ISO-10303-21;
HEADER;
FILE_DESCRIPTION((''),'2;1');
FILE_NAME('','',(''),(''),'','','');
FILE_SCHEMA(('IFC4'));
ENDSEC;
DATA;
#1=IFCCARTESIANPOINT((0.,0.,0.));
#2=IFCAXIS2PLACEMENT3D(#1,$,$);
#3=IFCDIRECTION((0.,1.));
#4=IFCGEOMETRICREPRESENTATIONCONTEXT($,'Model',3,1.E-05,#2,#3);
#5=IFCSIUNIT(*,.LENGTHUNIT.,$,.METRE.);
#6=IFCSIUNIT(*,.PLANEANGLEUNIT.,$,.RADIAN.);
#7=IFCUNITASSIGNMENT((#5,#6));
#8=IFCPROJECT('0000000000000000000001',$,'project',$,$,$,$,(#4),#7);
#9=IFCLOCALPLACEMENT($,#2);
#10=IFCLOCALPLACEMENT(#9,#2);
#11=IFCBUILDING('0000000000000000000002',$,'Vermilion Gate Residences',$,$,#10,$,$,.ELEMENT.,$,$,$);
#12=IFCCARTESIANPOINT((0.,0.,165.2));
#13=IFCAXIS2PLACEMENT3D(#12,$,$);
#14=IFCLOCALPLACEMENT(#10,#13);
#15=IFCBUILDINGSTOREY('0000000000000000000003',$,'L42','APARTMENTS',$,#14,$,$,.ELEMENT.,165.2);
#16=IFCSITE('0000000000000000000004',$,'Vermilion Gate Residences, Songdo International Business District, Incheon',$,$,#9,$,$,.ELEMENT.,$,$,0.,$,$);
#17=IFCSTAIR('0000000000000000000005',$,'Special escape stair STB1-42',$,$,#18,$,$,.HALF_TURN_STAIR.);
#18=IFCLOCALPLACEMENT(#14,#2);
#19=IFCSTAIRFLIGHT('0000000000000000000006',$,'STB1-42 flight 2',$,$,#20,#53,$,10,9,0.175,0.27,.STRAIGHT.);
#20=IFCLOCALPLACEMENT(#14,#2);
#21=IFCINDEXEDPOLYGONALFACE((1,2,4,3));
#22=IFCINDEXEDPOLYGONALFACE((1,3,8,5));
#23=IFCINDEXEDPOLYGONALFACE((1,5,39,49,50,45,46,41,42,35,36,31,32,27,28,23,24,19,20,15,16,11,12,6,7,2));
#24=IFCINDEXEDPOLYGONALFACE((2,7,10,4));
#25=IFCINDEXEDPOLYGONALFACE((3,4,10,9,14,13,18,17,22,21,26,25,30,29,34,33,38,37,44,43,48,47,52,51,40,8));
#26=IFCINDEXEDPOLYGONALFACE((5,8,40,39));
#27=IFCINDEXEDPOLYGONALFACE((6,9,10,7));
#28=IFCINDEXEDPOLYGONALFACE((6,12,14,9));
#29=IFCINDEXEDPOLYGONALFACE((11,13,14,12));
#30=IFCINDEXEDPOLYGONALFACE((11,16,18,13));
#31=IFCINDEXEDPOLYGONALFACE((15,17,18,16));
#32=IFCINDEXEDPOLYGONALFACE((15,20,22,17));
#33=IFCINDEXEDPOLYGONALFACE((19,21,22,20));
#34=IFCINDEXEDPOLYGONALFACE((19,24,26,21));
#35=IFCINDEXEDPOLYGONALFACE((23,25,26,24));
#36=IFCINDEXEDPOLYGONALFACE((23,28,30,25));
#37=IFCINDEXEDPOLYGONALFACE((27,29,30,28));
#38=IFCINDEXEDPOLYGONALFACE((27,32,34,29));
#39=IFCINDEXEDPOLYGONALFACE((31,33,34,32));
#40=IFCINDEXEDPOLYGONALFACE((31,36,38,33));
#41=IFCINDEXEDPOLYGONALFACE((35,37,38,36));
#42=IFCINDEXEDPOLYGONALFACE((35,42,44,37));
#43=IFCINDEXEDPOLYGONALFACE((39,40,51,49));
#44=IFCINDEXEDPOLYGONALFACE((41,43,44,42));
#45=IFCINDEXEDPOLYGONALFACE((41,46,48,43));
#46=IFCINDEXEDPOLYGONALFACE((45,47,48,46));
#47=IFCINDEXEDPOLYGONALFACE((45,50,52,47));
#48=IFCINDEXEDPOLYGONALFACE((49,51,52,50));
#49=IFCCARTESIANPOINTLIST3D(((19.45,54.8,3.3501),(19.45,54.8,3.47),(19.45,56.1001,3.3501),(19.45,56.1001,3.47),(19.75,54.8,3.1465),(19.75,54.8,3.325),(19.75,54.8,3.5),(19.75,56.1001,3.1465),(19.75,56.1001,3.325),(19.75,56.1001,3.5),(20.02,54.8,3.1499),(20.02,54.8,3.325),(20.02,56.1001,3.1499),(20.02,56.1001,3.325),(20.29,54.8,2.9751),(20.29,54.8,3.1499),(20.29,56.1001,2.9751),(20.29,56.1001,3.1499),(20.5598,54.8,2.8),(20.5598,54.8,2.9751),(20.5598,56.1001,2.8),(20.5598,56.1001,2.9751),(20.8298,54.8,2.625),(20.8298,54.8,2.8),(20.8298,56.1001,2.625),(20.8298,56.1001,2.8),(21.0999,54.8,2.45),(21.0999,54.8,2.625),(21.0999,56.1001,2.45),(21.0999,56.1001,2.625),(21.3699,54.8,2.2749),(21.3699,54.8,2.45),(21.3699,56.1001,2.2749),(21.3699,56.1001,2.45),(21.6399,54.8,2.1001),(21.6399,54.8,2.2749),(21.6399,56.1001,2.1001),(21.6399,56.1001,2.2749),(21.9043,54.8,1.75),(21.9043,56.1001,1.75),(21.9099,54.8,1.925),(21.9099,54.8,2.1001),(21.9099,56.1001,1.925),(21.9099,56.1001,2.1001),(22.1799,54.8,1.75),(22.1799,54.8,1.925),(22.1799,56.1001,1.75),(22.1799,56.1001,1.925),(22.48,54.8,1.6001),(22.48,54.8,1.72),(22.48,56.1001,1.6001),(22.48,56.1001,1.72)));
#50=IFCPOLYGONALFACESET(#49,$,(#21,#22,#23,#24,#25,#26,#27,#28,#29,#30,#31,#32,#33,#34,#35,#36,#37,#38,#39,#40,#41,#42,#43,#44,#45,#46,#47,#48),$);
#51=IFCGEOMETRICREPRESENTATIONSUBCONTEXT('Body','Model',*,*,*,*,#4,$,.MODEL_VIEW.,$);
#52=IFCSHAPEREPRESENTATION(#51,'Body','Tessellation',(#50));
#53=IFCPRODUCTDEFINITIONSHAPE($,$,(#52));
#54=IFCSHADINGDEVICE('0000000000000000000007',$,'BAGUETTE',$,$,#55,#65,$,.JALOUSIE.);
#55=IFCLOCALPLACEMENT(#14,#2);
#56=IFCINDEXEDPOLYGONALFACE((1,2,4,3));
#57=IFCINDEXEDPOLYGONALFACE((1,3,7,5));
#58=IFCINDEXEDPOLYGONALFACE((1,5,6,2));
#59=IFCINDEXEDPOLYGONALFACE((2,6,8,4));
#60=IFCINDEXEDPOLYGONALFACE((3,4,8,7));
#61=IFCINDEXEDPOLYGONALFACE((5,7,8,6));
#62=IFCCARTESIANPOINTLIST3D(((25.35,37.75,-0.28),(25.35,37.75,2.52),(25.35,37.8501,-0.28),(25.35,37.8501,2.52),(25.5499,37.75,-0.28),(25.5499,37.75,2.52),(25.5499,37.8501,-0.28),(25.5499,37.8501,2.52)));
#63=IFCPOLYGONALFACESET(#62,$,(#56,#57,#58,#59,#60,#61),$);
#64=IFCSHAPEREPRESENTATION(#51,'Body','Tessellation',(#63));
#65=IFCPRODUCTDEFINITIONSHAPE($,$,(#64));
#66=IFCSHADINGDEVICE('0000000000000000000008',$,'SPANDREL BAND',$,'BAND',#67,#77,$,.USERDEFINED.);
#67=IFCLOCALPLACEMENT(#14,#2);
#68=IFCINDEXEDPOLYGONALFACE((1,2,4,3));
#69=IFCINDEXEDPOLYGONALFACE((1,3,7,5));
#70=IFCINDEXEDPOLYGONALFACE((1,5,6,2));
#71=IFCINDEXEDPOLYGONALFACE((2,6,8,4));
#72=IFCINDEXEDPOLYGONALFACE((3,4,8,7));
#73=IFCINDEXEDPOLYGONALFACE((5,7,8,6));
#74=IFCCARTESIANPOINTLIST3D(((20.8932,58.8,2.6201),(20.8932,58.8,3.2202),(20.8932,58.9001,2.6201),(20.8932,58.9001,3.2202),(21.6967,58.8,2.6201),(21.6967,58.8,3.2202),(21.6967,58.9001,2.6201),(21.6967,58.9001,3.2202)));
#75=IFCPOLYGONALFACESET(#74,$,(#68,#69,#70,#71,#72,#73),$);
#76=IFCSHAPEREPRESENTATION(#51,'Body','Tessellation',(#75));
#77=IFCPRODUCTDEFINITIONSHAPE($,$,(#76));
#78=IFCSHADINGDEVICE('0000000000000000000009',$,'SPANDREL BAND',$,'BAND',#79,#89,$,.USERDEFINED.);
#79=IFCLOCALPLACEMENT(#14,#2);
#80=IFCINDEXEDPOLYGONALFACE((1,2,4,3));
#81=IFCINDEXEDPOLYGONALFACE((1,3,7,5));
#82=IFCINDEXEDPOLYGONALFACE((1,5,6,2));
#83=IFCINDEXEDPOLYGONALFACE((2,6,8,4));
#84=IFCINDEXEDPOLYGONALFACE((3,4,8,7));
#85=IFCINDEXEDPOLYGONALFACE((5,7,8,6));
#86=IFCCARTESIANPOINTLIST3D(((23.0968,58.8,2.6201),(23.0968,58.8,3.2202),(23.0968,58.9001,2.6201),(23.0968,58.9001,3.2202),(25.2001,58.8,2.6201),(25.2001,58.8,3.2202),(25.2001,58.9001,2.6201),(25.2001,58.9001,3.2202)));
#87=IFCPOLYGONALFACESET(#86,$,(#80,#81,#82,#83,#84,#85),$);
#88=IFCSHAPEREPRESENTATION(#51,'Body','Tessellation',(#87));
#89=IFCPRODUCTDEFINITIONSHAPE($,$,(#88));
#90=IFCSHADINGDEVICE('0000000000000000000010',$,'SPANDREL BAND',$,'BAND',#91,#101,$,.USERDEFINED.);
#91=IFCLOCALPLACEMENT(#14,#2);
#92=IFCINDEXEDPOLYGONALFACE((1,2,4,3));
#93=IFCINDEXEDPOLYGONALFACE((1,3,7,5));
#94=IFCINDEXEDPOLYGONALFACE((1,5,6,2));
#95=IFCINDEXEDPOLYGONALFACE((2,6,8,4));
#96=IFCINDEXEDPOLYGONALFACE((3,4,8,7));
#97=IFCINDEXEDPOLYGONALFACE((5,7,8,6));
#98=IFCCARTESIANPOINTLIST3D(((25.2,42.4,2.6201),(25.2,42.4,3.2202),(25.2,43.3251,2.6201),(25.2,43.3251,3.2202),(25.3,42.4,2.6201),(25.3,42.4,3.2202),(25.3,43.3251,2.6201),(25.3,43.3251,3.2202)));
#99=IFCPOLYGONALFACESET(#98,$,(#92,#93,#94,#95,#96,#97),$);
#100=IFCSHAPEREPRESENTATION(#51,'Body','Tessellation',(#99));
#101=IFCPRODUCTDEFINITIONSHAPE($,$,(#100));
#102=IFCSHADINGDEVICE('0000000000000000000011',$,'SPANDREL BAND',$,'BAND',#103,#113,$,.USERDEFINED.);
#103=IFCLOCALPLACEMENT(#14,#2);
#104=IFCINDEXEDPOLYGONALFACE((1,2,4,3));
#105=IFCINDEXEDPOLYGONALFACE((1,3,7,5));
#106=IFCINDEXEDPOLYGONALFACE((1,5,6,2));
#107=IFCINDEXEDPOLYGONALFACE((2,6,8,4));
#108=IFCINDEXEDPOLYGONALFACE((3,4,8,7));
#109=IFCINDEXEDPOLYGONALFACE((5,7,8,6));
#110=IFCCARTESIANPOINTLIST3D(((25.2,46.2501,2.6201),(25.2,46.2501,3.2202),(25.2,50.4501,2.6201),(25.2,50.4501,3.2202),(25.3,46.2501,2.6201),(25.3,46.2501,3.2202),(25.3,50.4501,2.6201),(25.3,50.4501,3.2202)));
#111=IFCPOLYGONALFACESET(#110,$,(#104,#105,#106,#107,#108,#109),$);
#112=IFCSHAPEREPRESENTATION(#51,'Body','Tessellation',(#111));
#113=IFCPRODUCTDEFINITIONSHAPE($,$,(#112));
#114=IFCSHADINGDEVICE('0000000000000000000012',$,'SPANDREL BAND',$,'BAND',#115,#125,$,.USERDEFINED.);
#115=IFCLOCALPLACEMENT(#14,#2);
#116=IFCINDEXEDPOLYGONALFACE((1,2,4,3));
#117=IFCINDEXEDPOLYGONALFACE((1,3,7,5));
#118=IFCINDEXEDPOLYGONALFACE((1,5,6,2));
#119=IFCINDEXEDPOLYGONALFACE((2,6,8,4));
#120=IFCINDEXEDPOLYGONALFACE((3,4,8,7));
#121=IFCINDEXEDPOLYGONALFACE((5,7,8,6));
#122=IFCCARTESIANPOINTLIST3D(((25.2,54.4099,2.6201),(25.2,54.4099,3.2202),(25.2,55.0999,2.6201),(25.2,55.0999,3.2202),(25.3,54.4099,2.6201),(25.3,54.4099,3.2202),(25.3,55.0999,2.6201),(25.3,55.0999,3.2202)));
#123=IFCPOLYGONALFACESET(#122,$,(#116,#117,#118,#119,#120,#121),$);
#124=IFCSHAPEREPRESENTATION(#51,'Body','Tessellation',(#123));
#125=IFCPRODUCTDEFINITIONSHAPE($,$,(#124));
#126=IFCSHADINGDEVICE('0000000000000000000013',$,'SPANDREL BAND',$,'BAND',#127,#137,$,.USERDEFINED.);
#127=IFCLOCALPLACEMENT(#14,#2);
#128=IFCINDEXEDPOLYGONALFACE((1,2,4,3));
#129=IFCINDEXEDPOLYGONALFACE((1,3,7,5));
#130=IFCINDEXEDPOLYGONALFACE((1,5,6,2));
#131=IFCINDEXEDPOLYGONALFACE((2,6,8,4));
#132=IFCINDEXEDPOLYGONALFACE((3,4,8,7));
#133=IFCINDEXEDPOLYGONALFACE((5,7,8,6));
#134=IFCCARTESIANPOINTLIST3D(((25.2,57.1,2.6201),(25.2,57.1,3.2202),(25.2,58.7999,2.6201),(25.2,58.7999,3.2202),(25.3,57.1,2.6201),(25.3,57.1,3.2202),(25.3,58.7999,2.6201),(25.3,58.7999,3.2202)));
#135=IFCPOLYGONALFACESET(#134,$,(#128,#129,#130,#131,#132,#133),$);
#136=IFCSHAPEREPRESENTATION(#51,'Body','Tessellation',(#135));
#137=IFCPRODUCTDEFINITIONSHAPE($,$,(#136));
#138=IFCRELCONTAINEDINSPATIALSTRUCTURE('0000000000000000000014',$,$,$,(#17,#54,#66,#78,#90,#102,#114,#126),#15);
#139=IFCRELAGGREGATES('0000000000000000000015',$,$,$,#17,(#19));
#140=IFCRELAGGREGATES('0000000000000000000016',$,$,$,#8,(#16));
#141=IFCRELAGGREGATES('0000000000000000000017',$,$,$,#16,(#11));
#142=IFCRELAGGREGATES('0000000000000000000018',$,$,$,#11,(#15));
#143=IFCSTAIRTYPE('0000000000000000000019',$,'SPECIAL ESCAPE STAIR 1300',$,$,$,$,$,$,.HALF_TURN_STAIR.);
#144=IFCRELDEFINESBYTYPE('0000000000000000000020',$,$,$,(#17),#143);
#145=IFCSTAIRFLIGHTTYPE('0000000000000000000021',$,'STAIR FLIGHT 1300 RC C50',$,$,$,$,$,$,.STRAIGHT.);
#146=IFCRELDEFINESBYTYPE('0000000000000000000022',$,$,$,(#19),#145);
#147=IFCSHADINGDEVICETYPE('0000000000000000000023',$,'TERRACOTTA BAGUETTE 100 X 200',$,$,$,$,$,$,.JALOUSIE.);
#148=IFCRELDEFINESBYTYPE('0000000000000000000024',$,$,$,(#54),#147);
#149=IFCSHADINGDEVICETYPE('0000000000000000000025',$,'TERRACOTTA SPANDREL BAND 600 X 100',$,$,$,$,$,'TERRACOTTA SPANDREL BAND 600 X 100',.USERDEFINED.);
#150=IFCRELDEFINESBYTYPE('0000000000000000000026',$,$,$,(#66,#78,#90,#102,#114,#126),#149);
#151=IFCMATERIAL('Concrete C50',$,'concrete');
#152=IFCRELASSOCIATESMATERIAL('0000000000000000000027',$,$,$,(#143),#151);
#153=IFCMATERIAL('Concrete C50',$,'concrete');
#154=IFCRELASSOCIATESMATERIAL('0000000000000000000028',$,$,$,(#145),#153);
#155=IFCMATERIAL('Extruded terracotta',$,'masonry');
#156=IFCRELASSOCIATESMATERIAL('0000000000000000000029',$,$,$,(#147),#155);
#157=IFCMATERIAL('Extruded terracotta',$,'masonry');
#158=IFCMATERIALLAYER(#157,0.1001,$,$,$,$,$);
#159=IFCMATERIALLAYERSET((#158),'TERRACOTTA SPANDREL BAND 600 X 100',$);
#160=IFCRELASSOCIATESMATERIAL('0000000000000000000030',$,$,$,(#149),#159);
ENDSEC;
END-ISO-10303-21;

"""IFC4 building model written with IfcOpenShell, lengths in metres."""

from ifc_helpers import new_model, si_unit, direction, frame, origin, origin_2d, place, context, subcontext, project, spatial, polyline, rectangle, outline, extrude, material, layer, layer_set, material_profile, profile_set, type_object, element, aggregate, save


model = new_model("IFC4")

# Units and contexts
model_context = context("Model", 3, precision=1e-05, world=origin(), true_north=direction((0.0, 1.0)))
body_context = subcontext(model_context, "Body", "Model", "MODEL_VIEW")
ifc_project = project(units=[si_unit("LENGTHUNIT", "METRE"), si_unit("PLANEANGLEUNIT", "RADIAN")], contexts=[model_context])

# Site, building, storey
site_placement = place(None, origin())
site = spatial("IfcSite", under=ifc_project, at=site_placement, Name="Vermilion Gate Residences, Songdo International Business District, Incheon", CompositionType="ELEMENT", RefElevation=0.0)
building_placement = place(site_placement, origin())
building = spatial("IfcBuilding", under=site, at=building_placement, Name="Vermilion Gate Residences", CompositionType="ELEMENT")
storey_placement = place(building_placement, frame((0.0, 0.0, 165.2)))
storey = spatial("IfcBuildingStorey", under=building, at=storey_placement, Name="L42", Description="APARTMENTS", CompositionType="ELEMENT", Elevation=165.2)

# Stair, stair flight
ifc_material_1 = material(Name="Concrete C50", Category="concrete")
stair_type = type_object("IfcStairType", Name="SPECIAL ESCAPE STAIR 1300", PredefinedType="HALF_TURN_STAIR", material=ifc_material_1)
stair_placement = place(storey_placement, origin())
stair = element("IfcStair", 1, at=stair_placement, inside=storey, type_object=stair_type, Name="Special escape stair STB1-42", PredefinedType="HALF_TURN_STAIR")
ifc_material_2 = material(Name="Concrete C50", Category="concrete")
stair_flight_type = type_object("IfcStairFlightType", Name="STAIR FLIGHT 1300 RC C50", PredefinedType="STRAIGHT", material=ifc_material_2)
stair_flight_placement = place(storey_placement, frame((22.1799, 55.45, 1.75), z_axis=(0.0, 0.0, 1.0), x_axis=(-1.0, 0.0, 0.0)))
stair_flight = element("IfcStairFlight", 2, at=stair_flight_placement, type_object=stair_flight_type, Name="STB1-42 flight 2", NumberOfRisers=10, NumberOfTreads=9, PredefinedType="STRAIGHT", RiserHeight=0.175, TreadLength=0.27, context=body_context, shape_type="SweptSolid", body=[
    extrude(outline(polyline([(-0.3, -0.1499), (-0.3, -0.03), (0.0, 0.0), (0.0, 0.175), (0.27, 0.175), (0.27, 0.3501), (0.54, 0.3501), (0.54, 0.5249), (0.8101, 0.5249), (0.8101, 0.7), (1.0801, 0.7), (1.0801, 0.875), (1.3501, 0.875), (1.3501, 1.05), (1.6201, 1.05), (1.6201, 1.2251), (1.8899, 1.2251), (1.8899, 1.3999), (2.1599, 1.3999), (2.1599, 1.575), (2.4299, 1.575), (2.4299, 1.75), (2.73, 1.72), (2.73, 1.6001), (2.4299, 1.3965), (0.2756, 0.0), (-0.3, -0.1499)])), frame((0.0, 0.6499, 0.0), z_axis=(0.0, -1.0, 0.0), x_axis=(1.0, 0.0, 0.0)), (0.0, 0.0, 1.0), 1.3),
])
aggregate(stair, [stair_flight])

# Shading devices
ifc_material_3 = material(Name="Extruded terracotta", Category="masonry")
ifc_material_profile_1 = material_profile(ifc_material_3, rectangle(XDim=0.2, YDim=0.1001, at=origin_2d()), Name="BAGUETTE 100 X 200")
ifc_profile_set_1 = profile_set([ifc_material_profile_1], Name="Extruded terracotta")
shading_device_type_1 = type_object("IfcShadingDeviceType", Name="TERRACOTTA BAGUETTE 100 X 200", PredefinedType="JALOUSIE", material=ifc_profile_set_1)
shading_device_1_placement = place(storey_placement, frame((25.45, 37.8, -0.28), z_axis=(0.0, 0.0, 1.0), x_axis=(-1.0, 0.0, 0.0)))
element("IfcShadingDevice", 3, at=shading_device_1_placement, inside=storey, type_object=shading_device_type_1, Name="BAGUETTE", PredefinedType="JALOUSIE", context=body_context, shape_type="SweptSolid", body=[
    extrude(rectangle(XDim=0.2, YDim=0.1001, at=origin_2d()), origin(), (0.0, 0.0, 1.0), 2.8),
])
ifc_material_4 = material(Name="Extruded terracotta", Category="masonry")
ifc_layer_1 = layer(ifc_material_4, 0.1001)
ifc_layer_set_1 = layer_set([ifc_layer_1], Name="TERRACOTTA SPANDREL BAND 600 X 100")
shading_device_type_2 = type_object("IfcShadingDeviceType", Name="TERRACOTTA SPANDREL BAND 600 X 100", ElementType="TERRACOTTA SPANDREL BAND 600 X 100", PredefinedType="USERDEFINED", material=ifc_layer_set_1)
shading_device_2_placement = place(storey_placement, frame((21.2949, 58.8501, 2.6201), z_axis=(0.0, 0.0, 1.0), x_axis=(1.0, 0.0, 0.0)))
element("IfcShadingDevice", 4, at=shading_device_2_placement, inside=storey, type_object=shading_device_type_2, Name="SPANDREL BAND", ObjectType="BAND", PredefinedType="USERDEFINED", context=body_context, shape_type="SweptSolid", body=[
    extrude(rectangle(XDim=0.8035, YDim=0.1001, at=origin_2d()), origin(), (0.0, 0.0, 1.0), 0.6001),
])
shading_device_3_placement = place(storey_placement, frame((24.1484, 58.8501, 2.6201), z_axis=(0.0, 0.0, 1.0), x_axis=(1.0, 0.0, 0.0)))
element("IfcShadingDevice", 5, at=shading_device_3_placement, inside=storey, type_object=shading_device_type_2, Name="SPANDREL BAND", ObjectType="BAND", PredefinedType="USERDEFINED", context=body_context, shape_type="SweptSolid", body=[
    extrude(rectangle(XDim=2.1033, YDim=0.1001, at=origin_2d()), origin(), (0.0, 0.0, 1.0), 0.6001),
])
shading_device_4_placement = place(storey_placement, frame((25.25, 42.8625, 2.6201), z_axis=(0.0, 0.0, 1.0), x_axis=(0.0, 1.0, 0.0)))
element("IfcShadingDevice", 6, at=shading_device_4_placement, inside=storey, type_object=shading_device_type_2, Name="SPANDREL BAND", ObjectType="BAND", PredefinedType="USERDEFINED", context=body_context, shape_type="SweptSolid", body=[
    extrude(rectangle(XDim=0.925, YDim=0.1001, at=origin_2d()), origin(), (0.0, 0.0, 1.0), 0.6001),
])
shading_device_5_placement = place(storey_placement, frame((25.25, 48.3501, 2.6201), z_axis=(0.0, 0.0, 1.0), x_axis=(0.0, 1.0, 0.0)))
element("IfcShadingDevice", 7, at=shading_device_5_placement, inside=storey, type_object=shading_device_type_2, Name="SPANDREL BAND", ObjectType="BAND", PredefinedType="USERDEFINED", context=body_context, shape_type="SweptSolid", body=[
    extrude(rectangle(XDim=4.2, YDim=0.1001, at=origin_2d()), origin(), (0.0, 0.0, 1.0), 0.6001),
])
shading_device_6_placement = place(storey_placement, frame((25.25, 54.7549, 2.6201), z_axis=(0.0, 0.0, 1.0), x_axis=(0.0, 1.0, 0.0)))
element("IfcShadingDevice", 8, at=shading_device_6_placement, inside=storey, type_object=shading_device_type_2, Name="SPANDREL BAND", ObjectType="BAND", PredefinedType="USERDEFINED", context=body_context, shape_type="SweptSolid", body=[
    extrude(rectangle(XDim=0.6899, YDim=0.1001, at=origin_2d()), origin(), (0.0, 0.0, 1.0), 0.6001),
])
shading_device_7_placement = place(storey_placement, frame((25.25, 57.95, 2.6201), z_axis=(0.0, 0.0, 1.0), x_axis=(0.0, 1.0, 0.0)))
element("IfcShadingDevice", 9, at=shading_device_7_placement, inside=storey, type_object=shading_device_type_2, Name="SPANDREL BAND", ObjectType="BAND", PredefinedType="USERDEFINED", context=body_context, shape_type="SweptSolid", body=[
    extrude(rectangle(XDim=1.7, YDim=0.1001, at=origin_2d()), origin(), (0.0, 0.0, 1.0), 0.6001),
])

save(model, "model.ifc")
